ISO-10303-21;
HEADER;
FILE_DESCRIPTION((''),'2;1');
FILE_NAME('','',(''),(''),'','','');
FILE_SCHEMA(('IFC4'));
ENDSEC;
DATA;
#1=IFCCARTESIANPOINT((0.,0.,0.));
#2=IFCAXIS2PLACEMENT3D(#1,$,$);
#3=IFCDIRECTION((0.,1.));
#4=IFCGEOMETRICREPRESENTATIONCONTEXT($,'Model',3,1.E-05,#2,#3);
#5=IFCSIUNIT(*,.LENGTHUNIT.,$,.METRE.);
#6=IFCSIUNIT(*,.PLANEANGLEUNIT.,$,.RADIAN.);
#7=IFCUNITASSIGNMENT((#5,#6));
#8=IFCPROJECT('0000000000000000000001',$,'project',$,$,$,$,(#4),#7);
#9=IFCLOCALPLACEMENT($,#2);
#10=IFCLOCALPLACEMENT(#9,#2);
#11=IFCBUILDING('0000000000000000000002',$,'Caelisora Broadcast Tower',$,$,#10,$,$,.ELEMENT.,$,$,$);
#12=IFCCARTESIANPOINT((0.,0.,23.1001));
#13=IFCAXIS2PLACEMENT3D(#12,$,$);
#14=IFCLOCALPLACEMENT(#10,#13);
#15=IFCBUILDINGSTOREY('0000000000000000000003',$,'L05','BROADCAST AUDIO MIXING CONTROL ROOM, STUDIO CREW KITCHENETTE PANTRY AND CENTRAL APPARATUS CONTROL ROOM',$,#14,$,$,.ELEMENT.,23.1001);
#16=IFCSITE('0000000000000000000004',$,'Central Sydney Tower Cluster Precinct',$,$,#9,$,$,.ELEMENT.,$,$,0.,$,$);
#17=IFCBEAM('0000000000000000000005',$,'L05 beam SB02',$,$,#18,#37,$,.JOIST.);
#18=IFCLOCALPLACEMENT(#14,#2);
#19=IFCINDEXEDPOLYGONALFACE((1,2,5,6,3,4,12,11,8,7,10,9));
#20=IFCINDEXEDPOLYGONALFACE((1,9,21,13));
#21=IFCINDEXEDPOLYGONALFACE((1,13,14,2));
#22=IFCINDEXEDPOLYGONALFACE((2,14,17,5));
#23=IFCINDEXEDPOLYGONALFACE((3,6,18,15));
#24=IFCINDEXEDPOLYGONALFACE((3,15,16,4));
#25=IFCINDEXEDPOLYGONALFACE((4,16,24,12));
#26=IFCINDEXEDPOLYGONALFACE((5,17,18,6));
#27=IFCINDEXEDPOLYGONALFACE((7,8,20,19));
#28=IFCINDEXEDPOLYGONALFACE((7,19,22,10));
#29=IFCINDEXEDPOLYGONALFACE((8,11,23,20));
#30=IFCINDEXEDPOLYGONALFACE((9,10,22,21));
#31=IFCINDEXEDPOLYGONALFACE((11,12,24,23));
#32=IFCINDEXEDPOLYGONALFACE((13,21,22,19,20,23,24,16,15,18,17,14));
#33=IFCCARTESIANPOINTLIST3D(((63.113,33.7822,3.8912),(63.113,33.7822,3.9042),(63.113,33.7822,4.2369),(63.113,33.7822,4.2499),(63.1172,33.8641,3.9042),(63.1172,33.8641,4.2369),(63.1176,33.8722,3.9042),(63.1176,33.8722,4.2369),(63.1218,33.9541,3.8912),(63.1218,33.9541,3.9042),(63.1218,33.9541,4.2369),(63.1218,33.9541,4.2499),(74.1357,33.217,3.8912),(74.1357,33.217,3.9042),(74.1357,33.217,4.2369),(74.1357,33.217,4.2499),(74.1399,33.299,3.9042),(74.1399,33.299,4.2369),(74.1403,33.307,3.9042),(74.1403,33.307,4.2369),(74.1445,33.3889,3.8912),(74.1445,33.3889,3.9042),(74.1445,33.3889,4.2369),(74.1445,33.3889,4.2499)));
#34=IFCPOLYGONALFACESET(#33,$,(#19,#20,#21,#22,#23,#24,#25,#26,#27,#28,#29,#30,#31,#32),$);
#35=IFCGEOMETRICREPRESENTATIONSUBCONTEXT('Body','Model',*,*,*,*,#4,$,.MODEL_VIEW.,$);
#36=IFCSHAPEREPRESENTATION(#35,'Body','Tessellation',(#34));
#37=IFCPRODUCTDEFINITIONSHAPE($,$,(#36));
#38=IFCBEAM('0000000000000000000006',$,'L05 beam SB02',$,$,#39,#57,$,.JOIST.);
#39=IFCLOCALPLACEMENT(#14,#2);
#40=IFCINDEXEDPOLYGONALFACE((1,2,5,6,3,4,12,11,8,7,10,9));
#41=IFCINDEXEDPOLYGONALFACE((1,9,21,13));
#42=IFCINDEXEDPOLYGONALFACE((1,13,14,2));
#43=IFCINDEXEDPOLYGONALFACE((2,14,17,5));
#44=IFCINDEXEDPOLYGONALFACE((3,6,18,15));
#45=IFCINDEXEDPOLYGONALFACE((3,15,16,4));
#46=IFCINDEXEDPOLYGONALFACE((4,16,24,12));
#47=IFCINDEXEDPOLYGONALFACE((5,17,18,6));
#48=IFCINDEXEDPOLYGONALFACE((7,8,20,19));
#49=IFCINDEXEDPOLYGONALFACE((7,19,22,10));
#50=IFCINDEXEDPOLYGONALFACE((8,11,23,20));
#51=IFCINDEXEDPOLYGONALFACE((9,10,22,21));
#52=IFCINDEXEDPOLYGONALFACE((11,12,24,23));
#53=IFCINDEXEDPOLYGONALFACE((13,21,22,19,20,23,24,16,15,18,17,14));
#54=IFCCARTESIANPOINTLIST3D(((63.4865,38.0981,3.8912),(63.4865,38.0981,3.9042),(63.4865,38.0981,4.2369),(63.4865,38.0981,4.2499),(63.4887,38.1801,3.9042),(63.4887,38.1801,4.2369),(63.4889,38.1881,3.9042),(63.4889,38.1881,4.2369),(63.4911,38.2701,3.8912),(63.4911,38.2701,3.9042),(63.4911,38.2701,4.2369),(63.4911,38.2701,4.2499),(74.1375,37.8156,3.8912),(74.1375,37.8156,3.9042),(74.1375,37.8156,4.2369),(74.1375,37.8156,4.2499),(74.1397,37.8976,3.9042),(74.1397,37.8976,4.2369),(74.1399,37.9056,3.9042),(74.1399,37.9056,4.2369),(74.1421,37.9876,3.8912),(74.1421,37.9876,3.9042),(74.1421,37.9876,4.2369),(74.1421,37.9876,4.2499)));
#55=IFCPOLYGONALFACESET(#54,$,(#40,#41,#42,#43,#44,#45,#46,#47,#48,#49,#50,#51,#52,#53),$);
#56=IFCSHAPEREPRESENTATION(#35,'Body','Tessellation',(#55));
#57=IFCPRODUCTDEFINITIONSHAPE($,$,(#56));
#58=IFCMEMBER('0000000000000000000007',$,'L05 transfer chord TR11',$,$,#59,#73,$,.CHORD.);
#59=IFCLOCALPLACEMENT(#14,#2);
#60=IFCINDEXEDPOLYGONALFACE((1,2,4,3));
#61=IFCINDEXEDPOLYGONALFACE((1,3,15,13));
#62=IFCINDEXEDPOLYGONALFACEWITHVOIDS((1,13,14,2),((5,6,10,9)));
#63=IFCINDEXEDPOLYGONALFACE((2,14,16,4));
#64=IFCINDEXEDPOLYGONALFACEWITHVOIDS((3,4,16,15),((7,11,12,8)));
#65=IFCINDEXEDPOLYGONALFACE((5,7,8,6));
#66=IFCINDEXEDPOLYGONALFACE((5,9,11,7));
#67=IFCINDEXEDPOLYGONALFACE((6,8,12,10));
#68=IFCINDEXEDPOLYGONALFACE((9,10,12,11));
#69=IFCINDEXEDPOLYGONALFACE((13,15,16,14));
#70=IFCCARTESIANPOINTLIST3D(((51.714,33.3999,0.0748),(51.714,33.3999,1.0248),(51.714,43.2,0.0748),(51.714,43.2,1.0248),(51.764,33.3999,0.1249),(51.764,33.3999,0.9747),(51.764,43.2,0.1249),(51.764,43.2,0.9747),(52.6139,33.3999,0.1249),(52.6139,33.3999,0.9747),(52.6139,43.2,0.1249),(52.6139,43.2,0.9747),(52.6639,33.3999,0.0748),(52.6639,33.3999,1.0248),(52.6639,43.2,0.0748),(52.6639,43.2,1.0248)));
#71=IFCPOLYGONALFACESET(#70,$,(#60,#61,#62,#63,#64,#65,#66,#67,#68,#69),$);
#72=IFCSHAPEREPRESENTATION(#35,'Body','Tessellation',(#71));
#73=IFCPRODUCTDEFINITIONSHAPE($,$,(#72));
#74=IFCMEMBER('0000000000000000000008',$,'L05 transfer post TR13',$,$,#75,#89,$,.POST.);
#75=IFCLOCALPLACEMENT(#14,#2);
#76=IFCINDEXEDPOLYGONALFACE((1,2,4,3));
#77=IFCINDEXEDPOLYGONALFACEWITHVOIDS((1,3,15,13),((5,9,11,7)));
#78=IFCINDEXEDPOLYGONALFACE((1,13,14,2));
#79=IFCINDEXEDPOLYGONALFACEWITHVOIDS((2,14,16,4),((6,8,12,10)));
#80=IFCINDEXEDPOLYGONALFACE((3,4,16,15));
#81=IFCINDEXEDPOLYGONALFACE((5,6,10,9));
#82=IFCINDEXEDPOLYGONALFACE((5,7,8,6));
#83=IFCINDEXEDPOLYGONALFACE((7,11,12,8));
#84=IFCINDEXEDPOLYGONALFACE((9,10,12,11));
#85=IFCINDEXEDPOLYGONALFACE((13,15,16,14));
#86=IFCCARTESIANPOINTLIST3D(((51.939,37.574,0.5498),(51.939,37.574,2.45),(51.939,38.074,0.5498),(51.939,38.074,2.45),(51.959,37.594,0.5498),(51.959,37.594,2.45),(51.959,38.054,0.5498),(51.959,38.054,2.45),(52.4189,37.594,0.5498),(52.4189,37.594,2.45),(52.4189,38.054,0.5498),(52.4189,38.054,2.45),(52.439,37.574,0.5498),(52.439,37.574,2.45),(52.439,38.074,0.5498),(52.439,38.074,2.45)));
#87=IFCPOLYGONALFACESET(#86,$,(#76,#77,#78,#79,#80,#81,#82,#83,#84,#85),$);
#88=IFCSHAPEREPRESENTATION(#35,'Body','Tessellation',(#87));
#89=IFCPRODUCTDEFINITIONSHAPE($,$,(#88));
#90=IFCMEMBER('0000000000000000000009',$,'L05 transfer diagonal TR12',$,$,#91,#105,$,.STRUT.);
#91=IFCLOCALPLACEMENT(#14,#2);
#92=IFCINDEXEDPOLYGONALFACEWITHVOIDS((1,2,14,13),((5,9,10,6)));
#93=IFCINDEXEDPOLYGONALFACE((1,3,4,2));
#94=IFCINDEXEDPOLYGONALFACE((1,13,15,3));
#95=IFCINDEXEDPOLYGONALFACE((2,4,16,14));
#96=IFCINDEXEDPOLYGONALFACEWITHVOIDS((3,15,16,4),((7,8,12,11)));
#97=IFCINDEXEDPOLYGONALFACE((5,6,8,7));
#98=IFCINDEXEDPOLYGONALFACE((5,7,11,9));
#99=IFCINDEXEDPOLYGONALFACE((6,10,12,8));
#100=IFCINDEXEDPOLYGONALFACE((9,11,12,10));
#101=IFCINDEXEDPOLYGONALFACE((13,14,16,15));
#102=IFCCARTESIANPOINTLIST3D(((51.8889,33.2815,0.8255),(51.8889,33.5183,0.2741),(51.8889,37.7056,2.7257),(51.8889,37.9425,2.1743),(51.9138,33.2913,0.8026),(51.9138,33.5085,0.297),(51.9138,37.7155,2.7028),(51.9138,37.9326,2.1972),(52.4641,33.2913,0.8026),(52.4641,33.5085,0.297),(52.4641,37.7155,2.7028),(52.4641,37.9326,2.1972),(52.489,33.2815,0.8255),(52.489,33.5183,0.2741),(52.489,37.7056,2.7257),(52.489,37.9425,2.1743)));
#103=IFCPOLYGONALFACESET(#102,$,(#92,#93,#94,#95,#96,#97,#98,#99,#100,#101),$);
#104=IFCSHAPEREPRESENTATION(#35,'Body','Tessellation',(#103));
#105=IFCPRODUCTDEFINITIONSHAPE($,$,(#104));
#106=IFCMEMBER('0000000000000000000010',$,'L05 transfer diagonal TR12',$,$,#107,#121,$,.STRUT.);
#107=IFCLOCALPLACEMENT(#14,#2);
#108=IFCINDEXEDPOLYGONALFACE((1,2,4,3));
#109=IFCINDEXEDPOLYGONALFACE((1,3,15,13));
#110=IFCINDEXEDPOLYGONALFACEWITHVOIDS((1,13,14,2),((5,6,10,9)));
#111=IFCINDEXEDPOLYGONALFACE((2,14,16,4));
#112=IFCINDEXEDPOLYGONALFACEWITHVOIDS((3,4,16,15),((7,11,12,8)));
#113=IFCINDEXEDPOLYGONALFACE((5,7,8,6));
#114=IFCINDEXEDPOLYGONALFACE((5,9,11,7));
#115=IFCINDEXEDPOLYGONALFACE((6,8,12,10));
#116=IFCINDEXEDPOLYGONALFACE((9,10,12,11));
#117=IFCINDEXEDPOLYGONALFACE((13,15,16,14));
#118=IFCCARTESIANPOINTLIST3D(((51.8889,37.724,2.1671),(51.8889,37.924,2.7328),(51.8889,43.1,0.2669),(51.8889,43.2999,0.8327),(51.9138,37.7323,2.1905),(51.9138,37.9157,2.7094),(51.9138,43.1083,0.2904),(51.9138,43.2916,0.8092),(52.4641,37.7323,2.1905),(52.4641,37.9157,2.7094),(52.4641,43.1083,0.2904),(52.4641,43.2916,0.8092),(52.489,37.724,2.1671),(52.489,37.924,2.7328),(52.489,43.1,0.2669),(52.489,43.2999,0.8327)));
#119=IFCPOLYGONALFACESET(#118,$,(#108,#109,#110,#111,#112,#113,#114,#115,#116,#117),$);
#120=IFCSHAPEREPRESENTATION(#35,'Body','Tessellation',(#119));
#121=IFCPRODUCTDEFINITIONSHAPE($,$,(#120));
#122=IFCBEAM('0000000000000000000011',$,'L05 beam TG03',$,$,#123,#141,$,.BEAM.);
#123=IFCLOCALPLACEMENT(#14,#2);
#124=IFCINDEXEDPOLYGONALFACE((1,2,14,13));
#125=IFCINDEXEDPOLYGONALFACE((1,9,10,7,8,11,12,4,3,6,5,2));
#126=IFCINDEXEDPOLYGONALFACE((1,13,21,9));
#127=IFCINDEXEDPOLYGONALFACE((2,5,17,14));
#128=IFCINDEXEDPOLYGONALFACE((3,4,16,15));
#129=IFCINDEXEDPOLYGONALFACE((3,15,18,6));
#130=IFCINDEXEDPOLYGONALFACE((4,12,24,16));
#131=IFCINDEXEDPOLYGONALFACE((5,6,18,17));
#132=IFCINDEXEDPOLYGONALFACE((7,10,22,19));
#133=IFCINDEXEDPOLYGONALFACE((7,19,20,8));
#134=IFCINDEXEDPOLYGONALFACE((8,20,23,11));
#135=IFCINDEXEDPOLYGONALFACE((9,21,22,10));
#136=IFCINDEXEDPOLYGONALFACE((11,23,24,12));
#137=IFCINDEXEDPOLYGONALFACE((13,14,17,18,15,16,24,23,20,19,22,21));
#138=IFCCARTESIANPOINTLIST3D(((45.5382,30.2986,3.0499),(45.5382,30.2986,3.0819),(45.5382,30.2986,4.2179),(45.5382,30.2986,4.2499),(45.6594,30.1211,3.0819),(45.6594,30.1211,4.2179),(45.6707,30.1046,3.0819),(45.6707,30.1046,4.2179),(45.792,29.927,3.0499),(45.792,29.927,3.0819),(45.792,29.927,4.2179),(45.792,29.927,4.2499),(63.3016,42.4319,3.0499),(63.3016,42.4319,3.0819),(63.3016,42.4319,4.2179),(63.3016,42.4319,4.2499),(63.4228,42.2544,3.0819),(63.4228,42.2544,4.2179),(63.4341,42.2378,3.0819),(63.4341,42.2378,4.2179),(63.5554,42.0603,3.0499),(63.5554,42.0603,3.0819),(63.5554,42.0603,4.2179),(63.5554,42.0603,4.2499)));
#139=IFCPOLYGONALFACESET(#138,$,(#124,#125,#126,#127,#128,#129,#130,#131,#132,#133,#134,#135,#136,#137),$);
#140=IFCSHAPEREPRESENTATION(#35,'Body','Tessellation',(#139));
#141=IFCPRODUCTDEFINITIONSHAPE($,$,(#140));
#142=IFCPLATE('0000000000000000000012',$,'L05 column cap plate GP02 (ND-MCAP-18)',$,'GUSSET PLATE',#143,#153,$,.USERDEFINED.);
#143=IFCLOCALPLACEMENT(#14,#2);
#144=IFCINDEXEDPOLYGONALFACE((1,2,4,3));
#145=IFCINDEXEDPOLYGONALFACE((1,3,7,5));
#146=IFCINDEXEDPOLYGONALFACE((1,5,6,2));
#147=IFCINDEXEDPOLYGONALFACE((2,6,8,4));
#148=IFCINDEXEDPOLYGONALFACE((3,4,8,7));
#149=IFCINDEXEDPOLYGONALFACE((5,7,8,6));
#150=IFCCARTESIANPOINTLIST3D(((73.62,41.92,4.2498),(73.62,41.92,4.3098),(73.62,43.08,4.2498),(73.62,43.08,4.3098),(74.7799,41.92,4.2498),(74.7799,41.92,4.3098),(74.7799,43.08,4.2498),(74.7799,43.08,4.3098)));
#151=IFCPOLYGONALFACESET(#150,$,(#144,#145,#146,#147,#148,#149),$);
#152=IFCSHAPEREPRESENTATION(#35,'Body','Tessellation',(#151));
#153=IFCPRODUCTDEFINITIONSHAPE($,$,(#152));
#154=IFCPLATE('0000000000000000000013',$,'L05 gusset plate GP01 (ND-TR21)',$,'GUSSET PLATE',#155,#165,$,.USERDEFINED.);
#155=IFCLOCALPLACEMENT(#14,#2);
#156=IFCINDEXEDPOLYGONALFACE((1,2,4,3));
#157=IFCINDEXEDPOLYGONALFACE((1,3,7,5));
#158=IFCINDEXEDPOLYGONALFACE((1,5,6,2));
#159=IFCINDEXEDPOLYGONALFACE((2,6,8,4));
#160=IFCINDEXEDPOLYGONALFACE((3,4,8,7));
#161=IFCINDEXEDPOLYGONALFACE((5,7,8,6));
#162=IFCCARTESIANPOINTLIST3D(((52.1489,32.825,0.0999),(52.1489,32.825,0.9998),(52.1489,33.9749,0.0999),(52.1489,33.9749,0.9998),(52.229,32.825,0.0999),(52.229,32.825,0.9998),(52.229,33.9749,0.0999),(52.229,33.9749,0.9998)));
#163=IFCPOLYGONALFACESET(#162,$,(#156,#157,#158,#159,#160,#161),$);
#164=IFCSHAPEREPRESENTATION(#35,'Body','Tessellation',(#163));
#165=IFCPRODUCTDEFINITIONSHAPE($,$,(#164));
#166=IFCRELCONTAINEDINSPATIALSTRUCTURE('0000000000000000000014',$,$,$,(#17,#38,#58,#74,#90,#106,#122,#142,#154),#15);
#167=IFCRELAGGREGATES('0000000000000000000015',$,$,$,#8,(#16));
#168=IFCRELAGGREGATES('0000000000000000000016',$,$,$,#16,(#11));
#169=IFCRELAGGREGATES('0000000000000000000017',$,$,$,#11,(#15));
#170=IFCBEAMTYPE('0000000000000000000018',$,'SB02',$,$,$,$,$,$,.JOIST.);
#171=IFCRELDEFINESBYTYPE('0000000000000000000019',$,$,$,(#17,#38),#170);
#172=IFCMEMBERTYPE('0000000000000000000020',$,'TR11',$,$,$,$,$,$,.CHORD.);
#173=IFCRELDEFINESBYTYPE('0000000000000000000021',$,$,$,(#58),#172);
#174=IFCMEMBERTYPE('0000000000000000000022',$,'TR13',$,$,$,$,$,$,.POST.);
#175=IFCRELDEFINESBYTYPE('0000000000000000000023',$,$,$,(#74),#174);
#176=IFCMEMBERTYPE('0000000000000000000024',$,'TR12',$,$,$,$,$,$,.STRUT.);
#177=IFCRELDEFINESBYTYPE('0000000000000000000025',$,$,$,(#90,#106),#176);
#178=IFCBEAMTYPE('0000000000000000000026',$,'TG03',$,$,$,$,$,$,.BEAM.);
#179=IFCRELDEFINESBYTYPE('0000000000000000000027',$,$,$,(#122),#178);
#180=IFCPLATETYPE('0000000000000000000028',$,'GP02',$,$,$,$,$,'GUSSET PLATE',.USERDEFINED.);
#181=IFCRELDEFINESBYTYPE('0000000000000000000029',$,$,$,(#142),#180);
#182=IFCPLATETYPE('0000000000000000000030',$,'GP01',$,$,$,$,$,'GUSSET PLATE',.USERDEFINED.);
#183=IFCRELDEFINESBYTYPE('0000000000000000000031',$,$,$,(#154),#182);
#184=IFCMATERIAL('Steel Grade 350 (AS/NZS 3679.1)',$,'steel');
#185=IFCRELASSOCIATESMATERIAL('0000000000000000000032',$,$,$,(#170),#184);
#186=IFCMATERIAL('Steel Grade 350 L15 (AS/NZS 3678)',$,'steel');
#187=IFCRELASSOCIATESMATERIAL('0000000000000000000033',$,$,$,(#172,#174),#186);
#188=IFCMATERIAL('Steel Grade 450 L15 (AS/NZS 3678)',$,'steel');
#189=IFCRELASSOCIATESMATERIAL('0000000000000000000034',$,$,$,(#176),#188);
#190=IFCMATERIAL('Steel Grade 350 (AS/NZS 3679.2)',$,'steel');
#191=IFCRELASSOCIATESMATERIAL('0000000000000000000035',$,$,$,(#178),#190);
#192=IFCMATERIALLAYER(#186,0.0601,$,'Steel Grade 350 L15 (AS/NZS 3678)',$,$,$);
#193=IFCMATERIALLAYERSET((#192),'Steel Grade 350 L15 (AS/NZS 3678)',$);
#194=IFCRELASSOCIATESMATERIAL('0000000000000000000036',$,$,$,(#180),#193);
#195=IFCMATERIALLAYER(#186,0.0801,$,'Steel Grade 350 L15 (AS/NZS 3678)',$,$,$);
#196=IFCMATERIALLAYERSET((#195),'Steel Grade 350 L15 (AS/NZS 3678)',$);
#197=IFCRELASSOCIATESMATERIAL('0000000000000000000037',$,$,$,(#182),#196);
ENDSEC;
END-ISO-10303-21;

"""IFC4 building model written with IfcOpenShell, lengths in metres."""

from ifc_helpers import new_model, si_unit, direction, frame, origin, origin_2d, place, context, subcontext, project, spatial, rectangle, hollow_rectangle, i_section, extrude, source, transform, mapped, material, layer, layer_set, material_profile, profile_set, type_object, type_shapes, element, save


model = new_model("IFC4")

# Units and contexts
model_context = context("Model", 3, precision=1e-05, world=origin(), true_north=direction((0.0, 1.0)))
body_context = subcontext(model_context, "Body", "Model", "MODEL_VIEW")
ifc_project = project(units=[si_unit("LENGTHUNIT", "METRE"), si_unit("PLANEANGLEUNIT", "RADIAN")], contexts=[model_context])

# Site, building, storey
site_placement = place(None, origin())
site = spatial("IfcSite", under=ifc_project, at=site_placement, Name="Central Sydney Tower Cluster Precinct", CompositionType="ELEMENT", RefElevation=0.0)
building_placement = place(site_placement, origin())
building = spatial("IfcBuilding", under=site, at=building_placement, Name="Caelisora Broadcast Tower", CompositionType="ELEMENT")
storey_placement = place(building_placement, frame((0.0, 0.0, 23.1001)))
storey = spatial("IfcBuildingStorey", under=building, at=storey_placement, Name="L05", Description="BROADCAST AUDIO MIXING CONTROL ROOM, STUDIO CREW KITCHENETTE PANTRY AND CENTRAL APPARATUS CONTROL ROOM", CompositionType="ELEMENT", Elevation=23.1001)

# Shared definitions
ifc_material_1 = material(Name="Steel Grade 350 L15 (AS/NZS 3678)", Category="steel")

# Beams
ifc_material_2 = material(Name="Steel Grade 350 (AS/NZS 3679.2)", Category="steel")
ifc_material_3 = material(Name="Steel Grade 350 (AS/NZS 3679.1)", Category="steel")
ifc_material_profile_1 = material_profile(ifc_material_3, i_section(OverallWidth=0.1721, OverallDepth=0.3586, WebThickness=0.0081, FlangeThickness=0.0129, at=origin_2d()), Name="Steel Grade 350 (AS/NZS 3679.1)")
ifc_profile_set_1 = profile_set([ifc_material_profile_1], Name="Steel Grade 350 (AS/NZS 3679.1)")
beam_type_1 = type_object("IfcBeamType", Name="SB02", PredefinedType="JOIST", material=ifc_profile_set_1)
shared_shape_1 = source(origin(), body_context, "Body", "SweptSolid", [
    extrude(i_section(OverallWidth=0.1721, OverallDepth=0.3586, WebThickness=0.0081, FlangeThickness=0.0129, at=origin_2d()), origin(), (0.0, 0.0, 1.0), 11.0371),
])
beam_1_placement = place(storey_placement, frame((63.1174, 33.8682, 4.0706), z_axis=(0.998688, -0.051207, 0.0), x_axis=(0.051207, 0.998688, 0.0)))
element("IfcBeam", 1, at=beam_1_placement, inside=storey, type_object=beam_type_1, Name="L05 beam SB02", PredefinedType="JOIST", context=body_context, shape_type="MappedRepresentation", body=[
    mapped(shared_shape_1, transform((0.0, 0.0, 0.0), scale=1.0)),
])
shared_shape_2 = source(origin(), body_context, "Body", "SweptSolid", [
    extrude(i_section(OverallWidth=0.1721, OverallDepth=0.3586, WebThickness=0.0081, FlangeThickness=0.0129, at=origin_2d()), origin(), (0.0, 0.0, 1.0), 10.6548),
])
beam_2_placement = place(storey_placement, frame((63.4888, 38.1841, 4.0706), z_axis=(0.999649, -0.026511, 0.0), x_axis=(0.026511, 0.999649, 0.0)))
element("IfcBeam", 2, at=beam_2_placement, inside=storey, type_object=beam_type_1, Name="L05 beam SB02", PredefinedType="JOIST", context=body_context, shape_type="MappedRepresentation", body=[
    mapped(shared_shape_2, transform((0.0, 0.0, 0.0), scale=1.0)),
])

# Members
ifc_material_profile_2 = material_profile(ifc_material_1, hollow_rectangle(XDim=0.95, YDim=0.95, WallThickness=0.05, at=origin_2d()), Name="Steel Grade 350 L15 (AS/NZS 3678)")
ifc_profile_set_2 = profile_set([ifc_material_profile_2], Name="Steel Grade 350 L15 (AS/NZS 3678)")
member_type_1 = type_object("IfcMemberType", Name="TR11", PredefinedType="CHORD", material=ifc_profile_set_2)
shared_shape_3 = source(origin(), body_context, "Body", "SweptSolid", [
    extrude(hollow_rectangle(XDim=0.95, YDim=0.95, WallThickness=0.05, at=origin_2d()), origin(), (0.0, 0.0, 1.0), 9.8),
])
type_shapes(member_type_1, [shared_shape_3])
member_1_placement = place(storey_placement, frame((52.189, 33.3999, 0.5498), z_axis=(0.0, 1.0, 0.0), x_axis=(-1.0, 0.0, 0.0)))
element("IfcMember", 3, at=member_1_placement, inside=storey, type_object=member_type_1, Name="L05 transfer chord TR11", PredefinedType="CHORD", context=body_context, shape_type="MappedRepresentation", body=[
    mapped(shared_shape_3, transform((0.0, 0.0, 0.0), scale=1.0)),
])
ifc_material_profile_3 = material_profile(ifc_material_1, hollow_rectangle(XDim=0.5, YDim=0.5, WallThickness=0.02, at=origin_2d()), Name="Steel Grade 350 L15 (AS/NZS 3678)")
ifc_profile_set_3 = profile_set([ifc_material_profile_3], Name="Steel Grade 350 L15 (AS/NZS 3678)")
member_type_2 = type_object("IfcMemberType", Name="TR13", PredefinedType="POST", material=ifc_profile_set_3)
shared_shape_4 = source(origin(), body_context, "Body", "SweptSolid", [
    extrude(hollow_rectangle(XDim=0.5, YDim=0.5, WallThickness=0.02, at=origin_2d()), origin(), (0.0, 0.0, 1.0), 1.9001),
])
type_shapes(member_type_2, [shared_shape_4])
member_2_placement = place(storey_placement, frame((52.189, 37.824, 0.5498), z_axis=(0.0, 0.0, 1.0), x_axis=(1.0, 0.0, 0.0)))
element("IfcMember", 4, at=member_2_placement, inside=storey, type_object=member_type_2, Name="L05 transfer post TR13", PredefinedType="POST", context=body_context, shape_type="MappedRepresentation", body=[
    mapped(shared_shape_4, transform((0.0, 0.0, 0.0), scale=1.0)),
])
ifc_material_4 = material(Name="Steel Grade 450 L15 (AS/NZS 3678)", Category="steel")
ifc_material_profile_4 = material_profile(ifc_material_4, hollow_rectangle(XDim=0.6001, YDim=0.6001, WallThickness=0.0249, at=origin_2d()), Name="Steel Grade 450 L15 (AS/NZS 3678)")
ifc_profile_set_4 = profile_set([ifc_material_profile_4], Name="Steel Grade 450 L15 (AS/NZS 3678)")
member_type_3 = type_object("IfcMemberType", Name="TR12", PredefinedType="STRUT", material=ifc_profile_set_4)
shared_shape_5 = source(origin(), body_context, "Body", "SweptSolid", [
    extrude(hollow_rectangle(XDim=0.6001, YDim=0.6001, WallThickness=0.0249, at=origin_2d()), origin(), (0.0, 0.0, 1.0), 4.8149),
])
member_3_placement = place(storey_placement, frame((52.189, 33.3999, 0.5498), z_axis=(0.0, 0.918835, 0.394641), x_axis=(-1.0, 0.0, 0.0)))
element("IfcMember", 5, at=member_3_placement, inside=storey, type_object=member_type_3, Name="L05 transfer diagonal TR12", PredefinedType="STRUT", context=body_context, shape_type="MappedRepresentation", body=[
    mapped(shared_shape_5, transform((0.0, 0.0, 0.0), scale=1.0)),
])
shared_shape_6 = source(origin(), body_context, "Body", "SweptSolid", [
    extrude(hollow_rectangle(XDim=0.6001, YDim=0.6001, WallThickness=0.0249, at=origin_2d()), origin(), (0.0, 0.0, 1.0), 5.7019),
])
type_shapes(member_type_3, [shared_shape_5, shared_shape_6])
member_4_placement = place(storey_placement, frame((52.189, 43.2, 0.5498), z_axis=(0.0, -0.942839, 0.333248), x_axis=(1.0, 0.0, 0.0)))
element("IfcMember", 6, at=member_4_placement, inside=storey, type_object=member_type_3, Name="L05 transfer diagonal TR12", PredefinedType="STRUT", context=body_context, shape_type="MappedRepresentation", body=[
    mapped(shared_shape_6, transform((0.0, 0.0, 0.0), scale=1.0)),
])

# Beam
ifc_material_profile_5 = material_profile(ifc_material_2, i_section(OverallWidth=0.45, OverallDepth=1.2, WebThickness=0.02, FlangeThickness=0.032, at=origin_2d()), Name="Steel Grade 350 (AS/NZS 3679.2)")
ifc_profile_set_5 = profile_set([ifc_material_profile_5], Name="Steel Grade 350 (AS/NZS 3679.2)")
beam_type_2 = type_object("IfcBeamType", Name="TG03", PredefinedType="BEAM", material=ifc_profile_set_5)
shared_shape_7 = source(origin(), body_context, "Body", "SweptSolid", [
    extrude(i_section(OverallWidth=0.45, OverallDepth=1.2, WebThickness=0.02, FlangeThickness=0.032, at=origin_2d()), origin(), (0.0, 0.0, 1.0), 21.5117),
])
type_shapes(beam_type_2, [shared_shape_7])
beam_3_placement = place(storey_placement, frame((63.4285, 42.2461, 3.6499), z_axis=(-0.825754, -0.564031, 0.0), x_axis=(0.564031, -0.825754, 0.0)))
element("IfcBeam", 7, at=beam_3_placement, inside=storey, type_object=beam_type_2, Name="L05 beam TG03", PredefinedType="BEAM", context=body_context, shape_type="MappedRepresentation", body=[
    mapped(shared_shape_7, transform((0.0, 0.0, 0.0), scale=1.0)),
])

# Plates
ifc_layer_1 = layer(ifc_material_1, 0.0601, Name="Steel Grade 350 L15 (AS/NZS 3678)")
ifc_layer_set_1 = layer_set([ifc_layer_1], Name="Steel Grade 350 L15 (AS/NZS 3678)")
plate_type_1 = type_object("IfcPlateType", Name="GP02", ElementType="GUSSET PLATE", PredefinedType="USERDEFINED", material=ifc_layer_set_1)
shared_shape_8 = source(origin(), body_context, "Body", "SweptSolid", [
    extrude(rectangle(XDim=1.1599, YDim=1.1599, at=origin_2d()), origin(), (0.0, 0.0, 1.0), 0.0601),
])
type_shapes(plate_type_1, [shared_shape_8])
plate_placement = place(storey_placement, frame((74.2, 42.5, 4.2498), z_axis=(0.0, 0.0, 1.0), x_axis=(1.0, 0.0, 0.0)))
element("IfcPlate", 8, at=plate_placement, inside=storey, type_object=plate_type_1, Name="L05 column cap plate GP02 (ND-MCAP-18)", ObjectType="GUSSET PLATE", PredefinedType="USERDEFINED", context=body_context, shape_type="MappedRepresentation", body=[
    mapped(shared_shape_8, transform((0.0, 0.0, 0.0), scale=1.0)),
])
ifc_layer_2 = layer(ifc_material_1, 0.0801, Name="Steel Grade 350 L15 (AS/NZS 3678)")
ifc_layer_set_2 = layer_set([ifc_layer_2], Name="Steel Grade 350 L15 (AS/NZS 3678)")
plate_type_2 = type_object("IfcPlateType", Name="GP01", ElementType="GUSSET PLATE", PredefinedType="USERDEFINED", material=ifc_layer_set_2)
shared_shape_9 = source(origin(), body_context, "Body", "SweptSolid", [
    extrude(rectangle(XDim=1.1499, YDim=0.0801, at=origin_2d()), origin(), (0.0, 0.0, 1.0), 0.8999),
])
type_shapes(plate_type_2, [shared_shape_9])
for number, where, z_axis, x_axis, name in (
    (9, (52.189, 33.3999, 0.0999), (0.0, 0.0, 1.0), (0.0, 1.0, 0.0), "L05 gusset plate GP01 (ND-TR21)"),
):
    element("IfcPlate", number, at=place(storey_placement, frame(where, z_axis=z_axis, x_axis=x_axis)), inside=storey, type_object=plate_type_2, Name=name, ObjectType="GUSSET PLATE", PredefinedType="USERDEFINED", context=body_context, shape_type="MappedRepresentation", body=[
        mapped(shared_shape_9, transform((0.0, 0.0, 0.0), scale=1.0)),
    ])

save(model, "model.ifc")
